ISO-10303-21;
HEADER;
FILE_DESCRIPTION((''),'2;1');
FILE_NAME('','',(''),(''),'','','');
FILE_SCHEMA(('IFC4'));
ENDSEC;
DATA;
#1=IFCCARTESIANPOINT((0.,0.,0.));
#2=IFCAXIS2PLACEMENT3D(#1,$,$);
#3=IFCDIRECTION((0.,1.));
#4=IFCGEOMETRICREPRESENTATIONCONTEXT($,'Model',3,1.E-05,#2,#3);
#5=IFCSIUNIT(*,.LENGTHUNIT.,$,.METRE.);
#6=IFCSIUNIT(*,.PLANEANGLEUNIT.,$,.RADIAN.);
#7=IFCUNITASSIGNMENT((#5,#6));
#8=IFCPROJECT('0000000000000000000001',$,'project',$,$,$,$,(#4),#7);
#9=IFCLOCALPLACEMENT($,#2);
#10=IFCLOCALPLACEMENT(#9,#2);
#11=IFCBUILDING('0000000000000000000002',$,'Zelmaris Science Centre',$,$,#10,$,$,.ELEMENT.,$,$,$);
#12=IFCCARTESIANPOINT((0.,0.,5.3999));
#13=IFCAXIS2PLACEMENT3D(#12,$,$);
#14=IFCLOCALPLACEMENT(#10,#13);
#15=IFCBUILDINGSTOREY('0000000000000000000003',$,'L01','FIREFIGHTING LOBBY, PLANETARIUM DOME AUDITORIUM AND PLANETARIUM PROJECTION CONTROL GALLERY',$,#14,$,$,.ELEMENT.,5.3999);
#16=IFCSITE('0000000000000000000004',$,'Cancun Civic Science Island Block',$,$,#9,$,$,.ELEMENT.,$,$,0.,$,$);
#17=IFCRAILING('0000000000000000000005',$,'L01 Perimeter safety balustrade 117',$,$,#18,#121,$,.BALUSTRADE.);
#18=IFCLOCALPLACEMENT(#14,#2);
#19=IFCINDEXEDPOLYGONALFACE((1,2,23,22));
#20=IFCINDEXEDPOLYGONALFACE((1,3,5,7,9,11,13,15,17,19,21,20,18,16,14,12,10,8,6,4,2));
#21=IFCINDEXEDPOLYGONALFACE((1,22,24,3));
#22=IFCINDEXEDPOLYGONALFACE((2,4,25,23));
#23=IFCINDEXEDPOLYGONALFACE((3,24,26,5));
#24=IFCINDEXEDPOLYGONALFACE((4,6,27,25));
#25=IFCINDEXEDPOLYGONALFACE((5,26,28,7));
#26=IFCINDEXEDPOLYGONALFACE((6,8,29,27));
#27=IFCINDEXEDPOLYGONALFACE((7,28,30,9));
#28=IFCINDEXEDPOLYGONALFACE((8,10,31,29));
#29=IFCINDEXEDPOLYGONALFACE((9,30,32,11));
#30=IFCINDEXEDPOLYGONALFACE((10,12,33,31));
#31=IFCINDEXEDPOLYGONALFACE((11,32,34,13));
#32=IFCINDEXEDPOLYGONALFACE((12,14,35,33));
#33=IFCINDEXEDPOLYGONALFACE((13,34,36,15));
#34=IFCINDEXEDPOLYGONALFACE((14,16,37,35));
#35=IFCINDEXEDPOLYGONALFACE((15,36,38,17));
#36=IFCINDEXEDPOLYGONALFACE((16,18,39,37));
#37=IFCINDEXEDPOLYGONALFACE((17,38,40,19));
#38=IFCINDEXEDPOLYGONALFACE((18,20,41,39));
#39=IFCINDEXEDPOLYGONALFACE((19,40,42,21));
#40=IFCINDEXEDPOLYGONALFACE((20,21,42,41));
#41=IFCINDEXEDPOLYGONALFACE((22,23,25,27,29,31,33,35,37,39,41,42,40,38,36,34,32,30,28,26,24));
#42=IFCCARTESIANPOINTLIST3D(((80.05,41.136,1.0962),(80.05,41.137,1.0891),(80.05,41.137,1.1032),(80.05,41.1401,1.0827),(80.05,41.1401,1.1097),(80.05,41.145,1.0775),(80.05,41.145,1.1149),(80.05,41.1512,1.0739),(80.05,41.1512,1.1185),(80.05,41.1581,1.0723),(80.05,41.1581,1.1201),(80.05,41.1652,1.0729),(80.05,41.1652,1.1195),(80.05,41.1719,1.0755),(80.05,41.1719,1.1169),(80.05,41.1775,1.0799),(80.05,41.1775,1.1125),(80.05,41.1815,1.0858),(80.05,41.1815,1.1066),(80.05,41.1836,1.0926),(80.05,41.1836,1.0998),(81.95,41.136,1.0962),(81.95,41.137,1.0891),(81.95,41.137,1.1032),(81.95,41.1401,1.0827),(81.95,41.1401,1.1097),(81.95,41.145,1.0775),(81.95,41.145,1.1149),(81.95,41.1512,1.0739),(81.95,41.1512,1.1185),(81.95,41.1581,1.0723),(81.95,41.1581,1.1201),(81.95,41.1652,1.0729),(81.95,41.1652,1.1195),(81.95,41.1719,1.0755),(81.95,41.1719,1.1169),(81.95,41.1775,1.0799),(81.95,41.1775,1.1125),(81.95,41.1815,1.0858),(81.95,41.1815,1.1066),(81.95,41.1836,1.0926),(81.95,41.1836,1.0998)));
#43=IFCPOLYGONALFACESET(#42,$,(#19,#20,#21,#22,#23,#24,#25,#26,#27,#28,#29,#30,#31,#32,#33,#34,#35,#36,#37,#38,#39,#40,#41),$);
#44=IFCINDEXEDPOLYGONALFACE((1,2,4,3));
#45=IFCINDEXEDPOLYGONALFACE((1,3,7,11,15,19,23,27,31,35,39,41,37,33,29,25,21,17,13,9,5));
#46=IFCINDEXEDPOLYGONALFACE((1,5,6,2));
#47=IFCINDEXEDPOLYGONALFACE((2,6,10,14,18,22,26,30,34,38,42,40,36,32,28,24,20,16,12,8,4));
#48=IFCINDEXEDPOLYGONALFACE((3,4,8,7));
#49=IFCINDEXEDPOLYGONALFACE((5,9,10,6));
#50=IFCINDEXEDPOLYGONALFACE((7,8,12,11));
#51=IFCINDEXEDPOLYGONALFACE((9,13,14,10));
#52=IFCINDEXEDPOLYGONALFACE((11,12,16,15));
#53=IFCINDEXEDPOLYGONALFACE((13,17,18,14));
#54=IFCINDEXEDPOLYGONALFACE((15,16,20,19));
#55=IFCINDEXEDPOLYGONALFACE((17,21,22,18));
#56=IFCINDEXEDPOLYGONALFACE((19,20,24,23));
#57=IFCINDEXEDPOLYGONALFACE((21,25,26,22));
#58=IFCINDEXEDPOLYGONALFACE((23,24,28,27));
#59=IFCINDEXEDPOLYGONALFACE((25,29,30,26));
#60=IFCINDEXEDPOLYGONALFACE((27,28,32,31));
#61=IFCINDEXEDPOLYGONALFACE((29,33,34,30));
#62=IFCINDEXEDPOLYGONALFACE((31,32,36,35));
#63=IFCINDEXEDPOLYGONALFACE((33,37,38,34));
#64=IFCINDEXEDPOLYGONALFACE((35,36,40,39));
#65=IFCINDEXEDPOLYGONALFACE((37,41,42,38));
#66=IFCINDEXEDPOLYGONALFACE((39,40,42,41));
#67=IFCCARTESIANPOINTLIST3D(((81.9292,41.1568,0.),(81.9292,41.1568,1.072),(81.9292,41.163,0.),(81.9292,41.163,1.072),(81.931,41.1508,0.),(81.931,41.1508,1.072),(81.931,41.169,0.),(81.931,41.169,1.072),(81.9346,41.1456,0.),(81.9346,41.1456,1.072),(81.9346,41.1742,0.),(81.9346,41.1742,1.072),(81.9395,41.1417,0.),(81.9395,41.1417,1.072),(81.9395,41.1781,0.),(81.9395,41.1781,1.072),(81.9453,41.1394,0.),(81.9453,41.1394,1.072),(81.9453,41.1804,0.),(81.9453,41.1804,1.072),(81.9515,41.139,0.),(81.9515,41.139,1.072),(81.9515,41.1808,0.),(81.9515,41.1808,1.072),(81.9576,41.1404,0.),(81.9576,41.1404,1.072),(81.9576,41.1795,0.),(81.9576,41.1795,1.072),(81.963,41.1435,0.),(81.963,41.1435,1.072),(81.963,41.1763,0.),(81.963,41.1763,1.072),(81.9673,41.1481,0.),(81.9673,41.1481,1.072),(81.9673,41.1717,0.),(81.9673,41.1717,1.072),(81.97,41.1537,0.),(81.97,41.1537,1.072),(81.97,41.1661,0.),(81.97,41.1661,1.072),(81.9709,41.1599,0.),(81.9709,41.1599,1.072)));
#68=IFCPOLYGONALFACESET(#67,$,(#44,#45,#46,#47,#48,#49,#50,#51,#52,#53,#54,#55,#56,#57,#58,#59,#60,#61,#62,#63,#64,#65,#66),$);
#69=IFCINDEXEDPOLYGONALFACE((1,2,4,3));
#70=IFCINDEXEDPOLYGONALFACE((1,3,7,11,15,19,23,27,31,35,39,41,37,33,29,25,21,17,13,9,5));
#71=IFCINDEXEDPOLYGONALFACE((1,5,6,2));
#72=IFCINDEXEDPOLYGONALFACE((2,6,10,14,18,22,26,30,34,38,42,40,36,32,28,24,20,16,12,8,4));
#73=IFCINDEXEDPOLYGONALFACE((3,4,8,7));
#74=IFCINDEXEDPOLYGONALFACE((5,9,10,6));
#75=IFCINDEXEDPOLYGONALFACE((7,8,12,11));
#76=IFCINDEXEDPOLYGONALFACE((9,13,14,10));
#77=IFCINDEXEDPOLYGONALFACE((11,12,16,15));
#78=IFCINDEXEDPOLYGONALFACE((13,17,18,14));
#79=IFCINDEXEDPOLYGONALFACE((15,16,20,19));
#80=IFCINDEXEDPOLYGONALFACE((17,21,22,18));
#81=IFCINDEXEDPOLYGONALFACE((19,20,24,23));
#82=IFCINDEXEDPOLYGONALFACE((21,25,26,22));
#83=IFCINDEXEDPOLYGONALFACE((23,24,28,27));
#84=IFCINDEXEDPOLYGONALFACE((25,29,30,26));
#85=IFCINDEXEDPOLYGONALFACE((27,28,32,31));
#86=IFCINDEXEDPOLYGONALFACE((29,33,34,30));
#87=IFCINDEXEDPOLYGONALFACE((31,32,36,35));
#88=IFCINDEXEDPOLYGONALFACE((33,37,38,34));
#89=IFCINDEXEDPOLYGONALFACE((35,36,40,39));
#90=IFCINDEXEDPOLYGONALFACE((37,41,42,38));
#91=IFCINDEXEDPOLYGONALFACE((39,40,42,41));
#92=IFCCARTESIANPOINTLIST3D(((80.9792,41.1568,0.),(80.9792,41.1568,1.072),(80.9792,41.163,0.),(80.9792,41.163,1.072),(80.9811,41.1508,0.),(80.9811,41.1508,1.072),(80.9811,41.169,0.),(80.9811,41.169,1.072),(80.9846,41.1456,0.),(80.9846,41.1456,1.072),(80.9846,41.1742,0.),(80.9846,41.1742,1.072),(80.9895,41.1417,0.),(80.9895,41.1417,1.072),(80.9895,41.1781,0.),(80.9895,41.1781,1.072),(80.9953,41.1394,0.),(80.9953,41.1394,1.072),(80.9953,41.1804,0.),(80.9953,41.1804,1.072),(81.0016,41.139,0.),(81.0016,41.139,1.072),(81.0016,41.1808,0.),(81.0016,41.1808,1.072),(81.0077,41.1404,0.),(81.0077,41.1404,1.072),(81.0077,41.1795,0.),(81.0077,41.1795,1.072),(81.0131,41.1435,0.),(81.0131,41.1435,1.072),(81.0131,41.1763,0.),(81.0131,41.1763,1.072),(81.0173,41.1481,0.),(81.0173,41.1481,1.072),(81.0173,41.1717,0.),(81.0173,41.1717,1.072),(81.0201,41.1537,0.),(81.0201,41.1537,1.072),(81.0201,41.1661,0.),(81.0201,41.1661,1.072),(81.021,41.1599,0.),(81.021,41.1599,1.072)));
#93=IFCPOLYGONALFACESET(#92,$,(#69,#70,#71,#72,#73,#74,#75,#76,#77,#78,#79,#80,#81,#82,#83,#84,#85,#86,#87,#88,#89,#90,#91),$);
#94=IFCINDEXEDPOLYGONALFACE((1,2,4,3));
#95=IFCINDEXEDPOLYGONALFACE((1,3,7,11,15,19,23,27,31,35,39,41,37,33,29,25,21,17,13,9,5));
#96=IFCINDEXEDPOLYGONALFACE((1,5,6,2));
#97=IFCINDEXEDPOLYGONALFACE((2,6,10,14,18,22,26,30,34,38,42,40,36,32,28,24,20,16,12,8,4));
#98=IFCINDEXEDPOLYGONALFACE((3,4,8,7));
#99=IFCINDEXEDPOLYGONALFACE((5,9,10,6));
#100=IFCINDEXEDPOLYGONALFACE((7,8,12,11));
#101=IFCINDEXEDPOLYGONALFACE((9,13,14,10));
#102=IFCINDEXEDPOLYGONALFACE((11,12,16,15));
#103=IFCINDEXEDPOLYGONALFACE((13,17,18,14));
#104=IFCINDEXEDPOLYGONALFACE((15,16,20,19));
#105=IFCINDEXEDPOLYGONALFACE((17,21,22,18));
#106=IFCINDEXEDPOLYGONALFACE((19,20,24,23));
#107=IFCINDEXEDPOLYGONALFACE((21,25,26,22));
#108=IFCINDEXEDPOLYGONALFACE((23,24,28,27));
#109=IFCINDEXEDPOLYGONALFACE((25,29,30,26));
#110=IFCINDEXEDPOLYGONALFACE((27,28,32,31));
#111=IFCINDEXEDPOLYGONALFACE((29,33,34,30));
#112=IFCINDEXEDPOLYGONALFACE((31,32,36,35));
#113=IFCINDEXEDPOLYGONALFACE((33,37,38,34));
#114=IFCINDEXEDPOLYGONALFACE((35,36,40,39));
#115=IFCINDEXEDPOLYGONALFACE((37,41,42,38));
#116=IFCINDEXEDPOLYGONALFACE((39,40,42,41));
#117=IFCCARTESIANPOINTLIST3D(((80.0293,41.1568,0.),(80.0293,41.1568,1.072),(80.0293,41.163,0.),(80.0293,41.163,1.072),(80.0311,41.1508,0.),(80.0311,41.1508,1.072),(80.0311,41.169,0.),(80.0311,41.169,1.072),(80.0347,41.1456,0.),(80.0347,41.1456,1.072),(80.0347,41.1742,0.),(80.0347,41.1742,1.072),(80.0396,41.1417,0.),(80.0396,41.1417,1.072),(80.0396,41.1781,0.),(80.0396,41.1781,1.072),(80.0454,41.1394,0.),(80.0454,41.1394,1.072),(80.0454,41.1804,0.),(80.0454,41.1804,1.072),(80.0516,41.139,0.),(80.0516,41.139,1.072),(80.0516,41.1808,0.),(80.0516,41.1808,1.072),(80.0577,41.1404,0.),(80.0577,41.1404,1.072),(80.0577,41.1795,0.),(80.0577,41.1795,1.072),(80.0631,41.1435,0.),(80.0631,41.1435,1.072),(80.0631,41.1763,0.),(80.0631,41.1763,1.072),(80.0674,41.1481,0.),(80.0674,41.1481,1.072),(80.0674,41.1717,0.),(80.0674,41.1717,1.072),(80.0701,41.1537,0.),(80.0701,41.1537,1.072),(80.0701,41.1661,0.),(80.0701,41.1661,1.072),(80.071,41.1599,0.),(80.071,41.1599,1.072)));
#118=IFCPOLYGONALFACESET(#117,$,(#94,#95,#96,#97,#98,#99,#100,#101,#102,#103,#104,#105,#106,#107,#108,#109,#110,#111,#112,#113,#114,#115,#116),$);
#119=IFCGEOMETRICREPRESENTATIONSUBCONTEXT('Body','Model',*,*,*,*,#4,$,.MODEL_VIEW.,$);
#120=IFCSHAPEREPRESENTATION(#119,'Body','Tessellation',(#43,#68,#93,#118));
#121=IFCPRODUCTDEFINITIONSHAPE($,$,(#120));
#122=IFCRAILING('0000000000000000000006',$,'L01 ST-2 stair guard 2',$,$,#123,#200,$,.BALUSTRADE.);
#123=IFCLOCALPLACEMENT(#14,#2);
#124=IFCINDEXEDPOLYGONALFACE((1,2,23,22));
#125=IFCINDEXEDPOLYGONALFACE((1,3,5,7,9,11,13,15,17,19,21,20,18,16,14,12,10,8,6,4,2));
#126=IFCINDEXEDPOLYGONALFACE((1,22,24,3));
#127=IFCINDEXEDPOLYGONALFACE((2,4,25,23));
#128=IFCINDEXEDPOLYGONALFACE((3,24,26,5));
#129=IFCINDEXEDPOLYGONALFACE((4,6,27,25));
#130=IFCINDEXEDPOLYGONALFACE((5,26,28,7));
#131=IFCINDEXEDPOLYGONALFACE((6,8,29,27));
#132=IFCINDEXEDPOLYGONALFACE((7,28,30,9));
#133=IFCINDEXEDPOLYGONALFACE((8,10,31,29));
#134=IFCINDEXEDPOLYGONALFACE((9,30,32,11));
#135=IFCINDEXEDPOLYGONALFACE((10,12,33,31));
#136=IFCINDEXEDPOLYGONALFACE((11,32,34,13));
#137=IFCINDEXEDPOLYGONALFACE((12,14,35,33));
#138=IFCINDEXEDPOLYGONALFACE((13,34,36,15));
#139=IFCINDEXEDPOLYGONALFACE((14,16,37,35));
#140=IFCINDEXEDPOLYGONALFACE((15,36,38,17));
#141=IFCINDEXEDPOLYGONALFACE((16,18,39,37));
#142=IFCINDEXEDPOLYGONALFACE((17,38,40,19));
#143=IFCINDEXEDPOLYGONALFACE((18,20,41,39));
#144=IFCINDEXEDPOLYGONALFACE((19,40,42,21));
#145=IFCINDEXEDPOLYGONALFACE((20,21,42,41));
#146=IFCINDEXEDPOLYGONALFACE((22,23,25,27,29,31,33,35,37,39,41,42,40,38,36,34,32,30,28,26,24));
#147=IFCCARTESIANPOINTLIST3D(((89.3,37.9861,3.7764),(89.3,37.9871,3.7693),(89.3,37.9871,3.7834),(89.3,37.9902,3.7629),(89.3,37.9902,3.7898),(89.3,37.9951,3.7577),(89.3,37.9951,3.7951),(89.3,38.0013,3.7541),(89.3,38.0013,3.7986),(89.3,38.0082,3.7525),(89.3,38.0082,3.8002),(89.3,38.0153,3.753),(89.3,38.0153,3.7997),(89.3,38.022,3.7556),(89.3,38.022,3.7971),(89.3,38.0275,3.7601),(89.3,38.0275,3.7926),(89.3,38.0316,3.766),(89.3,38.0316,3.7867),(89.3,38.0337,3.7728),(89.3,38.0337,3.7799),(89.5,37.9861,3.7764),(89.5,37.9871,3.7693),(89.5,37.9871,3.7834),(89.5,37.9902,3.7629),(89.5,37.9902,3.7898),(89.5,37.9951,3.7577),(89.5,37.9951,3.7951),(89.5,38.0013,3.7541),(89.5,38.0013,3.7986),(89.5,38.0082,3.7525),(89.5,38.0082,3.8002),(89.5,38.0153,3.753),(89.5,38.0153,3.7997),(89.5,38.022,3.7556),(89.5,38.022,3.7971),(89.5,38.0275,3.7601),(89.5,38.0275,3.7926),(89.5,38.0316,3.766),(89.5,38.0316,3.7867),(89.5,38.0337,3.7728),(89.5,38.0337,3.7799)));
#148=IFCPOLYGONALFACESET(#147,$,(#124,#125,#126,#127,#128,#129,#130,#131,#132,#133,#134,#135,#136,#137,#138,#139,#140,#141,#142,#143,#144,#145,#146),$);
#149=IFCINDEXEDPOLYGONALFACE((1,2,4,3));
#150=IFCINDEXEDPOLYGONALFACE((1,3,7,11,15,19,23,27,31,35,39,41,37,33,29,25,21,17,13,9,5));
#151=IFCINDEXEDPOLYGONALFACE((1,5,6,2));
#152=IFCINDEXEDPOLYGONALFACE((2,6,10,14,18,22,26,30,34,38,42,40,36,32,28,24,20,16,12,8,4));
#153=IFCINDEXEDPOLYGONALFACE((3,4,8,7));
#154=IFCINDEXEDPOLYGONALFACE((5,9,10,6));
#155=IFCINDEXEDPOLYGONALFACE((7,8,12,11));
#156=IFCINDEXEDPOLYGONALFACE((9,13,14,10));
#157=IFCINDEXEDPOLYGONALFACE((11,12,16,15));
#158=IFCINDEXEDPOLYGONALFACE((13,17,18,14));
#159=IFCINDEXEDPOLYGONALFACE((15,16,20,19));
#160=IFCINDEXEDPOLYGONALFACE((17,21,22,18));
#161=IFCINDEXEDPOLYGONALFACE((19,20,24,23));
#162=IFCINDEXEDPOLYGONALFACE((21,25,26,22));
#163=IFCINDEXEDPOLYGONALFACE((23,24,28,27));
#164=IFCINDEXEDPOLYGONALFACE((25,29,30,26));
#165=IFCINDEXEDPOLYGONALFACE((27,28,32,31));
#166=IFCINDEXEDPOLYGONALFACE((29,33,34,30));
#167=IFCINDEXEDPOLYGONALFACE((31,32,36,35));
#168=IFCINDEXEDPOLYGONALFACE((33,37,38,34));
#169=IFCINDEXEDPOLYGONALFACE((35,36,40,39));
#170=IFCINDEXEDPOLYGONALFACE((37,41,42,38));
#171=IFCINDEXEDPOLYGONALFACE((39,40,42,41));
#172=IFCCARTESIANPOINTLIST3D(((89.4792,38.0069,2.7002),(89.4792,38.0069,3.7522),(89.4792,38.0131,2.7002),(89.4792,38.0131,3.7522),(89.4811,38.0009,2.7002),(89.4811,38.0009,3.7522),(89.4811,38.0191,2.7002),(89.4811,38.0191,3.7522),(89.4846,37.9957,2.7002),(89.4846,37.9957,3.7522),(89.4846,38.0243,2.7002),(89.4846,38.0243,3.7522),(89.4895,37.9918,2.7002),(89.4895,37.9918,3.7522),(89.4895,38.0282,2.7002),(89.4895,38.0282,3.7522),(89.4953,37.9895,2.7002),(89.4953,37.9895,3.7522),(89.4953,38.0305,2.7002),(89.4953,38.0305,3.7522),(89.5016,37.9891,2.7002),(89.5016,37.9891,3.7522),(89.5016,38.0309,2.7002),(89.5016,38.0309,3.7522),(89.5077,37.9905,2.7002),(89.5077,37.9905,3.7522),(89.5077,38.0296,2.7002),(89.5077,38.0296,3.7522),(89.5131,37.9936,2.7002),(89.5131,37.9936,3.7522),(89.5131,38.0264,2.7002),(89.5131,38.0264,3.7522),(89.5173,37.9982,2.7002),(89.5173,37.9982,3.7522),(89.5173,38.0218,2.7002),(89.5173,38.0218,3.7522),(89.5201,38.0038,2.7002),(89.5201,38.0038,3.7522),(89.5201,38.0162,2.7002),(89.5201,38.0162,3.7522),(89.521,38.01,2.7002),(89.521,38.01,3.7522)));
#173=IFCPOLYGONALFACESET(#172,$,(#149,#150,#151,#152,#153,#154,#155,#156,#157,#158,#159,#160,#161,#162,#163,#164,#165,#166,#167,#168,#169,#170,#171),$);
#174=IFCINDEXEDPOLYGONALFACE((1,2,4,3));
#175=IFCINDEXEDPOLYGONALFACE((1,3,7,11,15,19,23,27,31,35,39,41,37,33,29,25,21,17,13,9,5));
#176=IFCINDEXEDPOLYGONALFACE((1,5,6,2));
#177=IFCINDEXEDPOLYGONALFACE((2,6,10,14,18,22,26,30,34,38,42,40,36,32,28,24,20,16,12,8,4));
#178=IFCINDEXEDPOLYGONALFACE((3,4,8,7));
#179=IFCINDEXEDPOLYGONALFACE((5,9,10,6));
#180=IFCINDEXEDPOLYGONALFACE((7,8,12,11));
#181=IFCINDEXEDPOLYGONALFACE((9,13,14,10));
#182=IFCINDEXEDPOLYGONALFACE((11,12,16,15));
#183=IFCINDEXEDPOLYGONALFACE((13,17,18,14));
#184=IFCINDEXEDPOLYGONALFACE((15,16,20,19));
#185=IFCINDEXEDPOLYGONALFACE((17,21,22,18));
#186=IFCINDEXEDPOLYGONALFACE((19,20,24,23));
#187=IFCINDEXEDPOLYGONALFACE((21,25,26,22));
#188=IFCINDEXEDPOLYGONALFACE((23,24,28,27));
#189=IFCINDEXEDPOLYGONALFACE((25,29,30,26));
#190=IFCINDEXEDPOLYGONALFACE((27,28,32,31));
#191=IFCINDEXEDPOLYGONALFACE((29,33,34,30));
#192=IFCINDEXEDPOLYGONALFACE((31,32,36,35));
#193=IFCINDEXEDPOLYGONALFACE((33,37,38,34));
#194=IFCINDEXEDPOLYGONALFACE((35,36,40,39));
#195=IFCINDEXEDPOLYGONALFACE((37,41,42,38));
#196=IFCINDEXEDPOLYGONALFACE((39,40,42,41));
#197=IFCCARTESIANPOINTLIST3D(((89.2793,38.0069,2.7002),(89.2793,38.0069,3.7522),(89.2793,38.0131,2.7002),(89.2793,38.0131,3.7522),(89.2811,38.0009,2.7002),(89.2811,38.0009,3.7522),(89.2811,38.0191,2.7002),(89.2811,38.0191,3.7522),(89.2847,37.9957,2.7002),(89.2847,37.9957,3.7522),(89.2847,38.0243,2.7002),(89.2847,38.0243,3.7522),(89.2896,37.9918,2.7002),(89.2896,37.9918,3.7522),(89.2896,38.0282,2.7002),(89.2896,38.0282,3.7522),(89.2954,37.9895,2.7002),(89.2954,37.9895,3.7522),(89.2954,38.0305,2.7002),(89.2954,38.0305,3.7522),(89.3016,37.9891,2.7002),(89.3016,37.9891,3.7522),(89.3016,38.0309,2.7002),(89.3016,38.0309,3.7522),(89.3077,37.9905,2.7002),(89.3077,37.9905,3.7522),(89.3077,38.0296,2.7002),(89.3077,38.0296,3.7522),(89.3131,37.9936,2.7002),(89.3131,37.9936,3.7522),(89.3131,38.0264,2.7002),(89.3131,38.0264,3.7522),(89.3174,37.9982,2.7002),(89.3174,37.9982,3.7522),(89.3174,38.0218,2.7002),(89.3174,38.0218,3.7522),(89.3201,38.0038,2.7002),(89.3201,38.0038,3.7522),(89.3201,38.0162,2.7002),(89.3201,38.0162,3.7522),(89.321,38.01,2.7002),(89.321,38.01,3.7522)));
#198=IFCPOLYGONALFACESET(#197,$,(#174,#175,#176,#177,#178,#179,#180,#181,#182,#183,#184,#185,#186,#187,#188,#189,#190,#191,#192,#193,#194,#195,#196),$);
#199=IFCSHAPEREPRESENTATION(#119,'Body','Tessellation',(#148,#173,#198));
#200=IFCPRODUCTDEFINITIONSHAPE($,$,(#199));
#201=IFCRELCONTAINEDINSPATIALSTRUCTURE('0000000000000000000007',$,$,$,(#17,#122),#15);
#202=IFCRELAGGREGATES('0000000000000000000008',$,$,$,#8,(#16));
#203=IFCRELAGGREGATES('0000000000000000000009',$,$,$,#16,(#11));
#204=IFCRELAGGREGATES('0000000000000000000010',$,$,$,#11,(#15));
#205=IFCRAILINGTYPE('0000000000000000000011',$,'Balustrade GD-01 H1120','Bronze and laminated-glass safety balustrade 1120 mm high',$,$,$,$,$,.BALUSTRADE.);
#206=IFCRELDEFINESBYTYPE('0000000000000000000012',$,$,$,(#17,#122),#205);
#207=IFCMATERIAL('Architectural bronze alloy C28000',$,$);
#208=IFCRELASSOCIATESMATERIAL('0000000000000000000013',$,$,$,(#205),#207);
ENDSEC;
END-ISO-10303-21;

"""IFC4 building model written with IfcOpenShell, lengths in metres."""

from ifc_helpers import new_model, si_unit, direction, frame, origin, origin_2d, place, context, subcontext, project, spatial, circle, extrude, material, type_object, element, save


model = new_model("IFC4")

# Units and contexts
model_context = context("Model", 3, precision=1e-05, world=origin(), true_north=direction((0.0, 1.0)))
body_context = subcontext(model_context, "Body", "Model", "MODEL_VIEW")
ifc_project = project(units=[si_unit("LENGTHUNIT", "METRE"), si_unit("PLANEANGLEUNIT", "RADIAN")], contexts=[model_context])

# Site, building, storey
site_placement = place(None, origin())
site = spatial("IfcSite", under=ifc_project, at=site_placement, Name="Cancun Civic Science Island Block", CompositionType="ELEMENT", RefElevation=0.0)
building_placement = place(site_placement, origin())
building = spatial("IfcBuilding", under=site, at=building_placement, Name="Zelmaris Science Centre", CompositionType="ELEMENT")
storey_placement = place(building_placement, frame((0.0, 0.0, 5.3999)))
storey = spatial("IfcBuildingStorey", under=building, at=storey_placement, Name="L01", Description="FIREFIGHTING LOBBY, PLANETARIUM DOME AUDITORIUM AND PLANETARIUM PROJECTION CONTROL GALLERY", CompositionType="ELEMENT", Elevation=5.3999)

# Railings
ifc_material_1 = material(Name="Architectural bronze alloy C28000")
railing_type_1 = type_object("IfcRailingType", Name="Balustrade GD-01 H1120", Description="Bronze and laminated-glass safety balustrade 1120 mm high", PredefinedType="BALUSTRADE", material=ifc_material_1)
railing_1_placement = place(storey_placement, frame((81.95, 41.1599, 0.0)))
element("IfcRailing", 1, at=railing_1_placement, inside=storey, type_object=railing_type_1, Name="L01 Perimeter safety balustrade 117", PredefinedType="BALUSTRADE", context=body_context, shape_type="SweptSolid", body=[
    extrude(circle(Radius=0.0239, at=origin_2d()), frame((0.0, 0.0, 1.0962), z_axis=(-1.0, 0.0, 0.0), x_axis=(0.0, -1.0, 0.0)), (0.0, 0.0, 1.0), 1.8999),
    extrude(circle(Radius=0.021, at=origin_2d()), origin(), (0.0, 0.0, 1.0), 1.072),
    extrude(circle(Radius=0.021, at=origin_2d()), frame((-0.95, 0.0, 0.0)), (0.0, 0.0, 1.0), 1.072),
    extrude(circle(Radius=0.021, at=origin_2d()), frame((-1.8999, 0.0, 0.0)), (0.0, 0.0, 1.0), 1.072),
])
railing_2_placement = place(storey_placement, frame((89.5, 38.01, 2.7002)))
element("IfcRailing", 2, at=railing_2_placement, inside=storey, type_object=railing_type_1, Name="L01 ST-2 stair guard 2", PredefinedType="BALUSTRADE", context=body_context, shape_type="SweptSolid", body=[
    extrude(circle(Radius=0.0239, at=origin_2d()), frame((0.0, 0.0, 1.0762), z_axis=(-1.0, 0.0, 0.0), x_axis=(0.0, -1.0, 0.0)), (0.0, 0.0, 1.0), 0.2),
    extrude(circle(Radius=0.021, at=origin_2d()), origin(), (0.0, 0.0, 1.0), 1.052),
    extrude(circle(Radius=0.021, at=origin_2d()), frame((-0.2, 0.0, 0.0)), (0.0, 0.0, 1.0), 1.052),
])

save(model, "model.ifc")
